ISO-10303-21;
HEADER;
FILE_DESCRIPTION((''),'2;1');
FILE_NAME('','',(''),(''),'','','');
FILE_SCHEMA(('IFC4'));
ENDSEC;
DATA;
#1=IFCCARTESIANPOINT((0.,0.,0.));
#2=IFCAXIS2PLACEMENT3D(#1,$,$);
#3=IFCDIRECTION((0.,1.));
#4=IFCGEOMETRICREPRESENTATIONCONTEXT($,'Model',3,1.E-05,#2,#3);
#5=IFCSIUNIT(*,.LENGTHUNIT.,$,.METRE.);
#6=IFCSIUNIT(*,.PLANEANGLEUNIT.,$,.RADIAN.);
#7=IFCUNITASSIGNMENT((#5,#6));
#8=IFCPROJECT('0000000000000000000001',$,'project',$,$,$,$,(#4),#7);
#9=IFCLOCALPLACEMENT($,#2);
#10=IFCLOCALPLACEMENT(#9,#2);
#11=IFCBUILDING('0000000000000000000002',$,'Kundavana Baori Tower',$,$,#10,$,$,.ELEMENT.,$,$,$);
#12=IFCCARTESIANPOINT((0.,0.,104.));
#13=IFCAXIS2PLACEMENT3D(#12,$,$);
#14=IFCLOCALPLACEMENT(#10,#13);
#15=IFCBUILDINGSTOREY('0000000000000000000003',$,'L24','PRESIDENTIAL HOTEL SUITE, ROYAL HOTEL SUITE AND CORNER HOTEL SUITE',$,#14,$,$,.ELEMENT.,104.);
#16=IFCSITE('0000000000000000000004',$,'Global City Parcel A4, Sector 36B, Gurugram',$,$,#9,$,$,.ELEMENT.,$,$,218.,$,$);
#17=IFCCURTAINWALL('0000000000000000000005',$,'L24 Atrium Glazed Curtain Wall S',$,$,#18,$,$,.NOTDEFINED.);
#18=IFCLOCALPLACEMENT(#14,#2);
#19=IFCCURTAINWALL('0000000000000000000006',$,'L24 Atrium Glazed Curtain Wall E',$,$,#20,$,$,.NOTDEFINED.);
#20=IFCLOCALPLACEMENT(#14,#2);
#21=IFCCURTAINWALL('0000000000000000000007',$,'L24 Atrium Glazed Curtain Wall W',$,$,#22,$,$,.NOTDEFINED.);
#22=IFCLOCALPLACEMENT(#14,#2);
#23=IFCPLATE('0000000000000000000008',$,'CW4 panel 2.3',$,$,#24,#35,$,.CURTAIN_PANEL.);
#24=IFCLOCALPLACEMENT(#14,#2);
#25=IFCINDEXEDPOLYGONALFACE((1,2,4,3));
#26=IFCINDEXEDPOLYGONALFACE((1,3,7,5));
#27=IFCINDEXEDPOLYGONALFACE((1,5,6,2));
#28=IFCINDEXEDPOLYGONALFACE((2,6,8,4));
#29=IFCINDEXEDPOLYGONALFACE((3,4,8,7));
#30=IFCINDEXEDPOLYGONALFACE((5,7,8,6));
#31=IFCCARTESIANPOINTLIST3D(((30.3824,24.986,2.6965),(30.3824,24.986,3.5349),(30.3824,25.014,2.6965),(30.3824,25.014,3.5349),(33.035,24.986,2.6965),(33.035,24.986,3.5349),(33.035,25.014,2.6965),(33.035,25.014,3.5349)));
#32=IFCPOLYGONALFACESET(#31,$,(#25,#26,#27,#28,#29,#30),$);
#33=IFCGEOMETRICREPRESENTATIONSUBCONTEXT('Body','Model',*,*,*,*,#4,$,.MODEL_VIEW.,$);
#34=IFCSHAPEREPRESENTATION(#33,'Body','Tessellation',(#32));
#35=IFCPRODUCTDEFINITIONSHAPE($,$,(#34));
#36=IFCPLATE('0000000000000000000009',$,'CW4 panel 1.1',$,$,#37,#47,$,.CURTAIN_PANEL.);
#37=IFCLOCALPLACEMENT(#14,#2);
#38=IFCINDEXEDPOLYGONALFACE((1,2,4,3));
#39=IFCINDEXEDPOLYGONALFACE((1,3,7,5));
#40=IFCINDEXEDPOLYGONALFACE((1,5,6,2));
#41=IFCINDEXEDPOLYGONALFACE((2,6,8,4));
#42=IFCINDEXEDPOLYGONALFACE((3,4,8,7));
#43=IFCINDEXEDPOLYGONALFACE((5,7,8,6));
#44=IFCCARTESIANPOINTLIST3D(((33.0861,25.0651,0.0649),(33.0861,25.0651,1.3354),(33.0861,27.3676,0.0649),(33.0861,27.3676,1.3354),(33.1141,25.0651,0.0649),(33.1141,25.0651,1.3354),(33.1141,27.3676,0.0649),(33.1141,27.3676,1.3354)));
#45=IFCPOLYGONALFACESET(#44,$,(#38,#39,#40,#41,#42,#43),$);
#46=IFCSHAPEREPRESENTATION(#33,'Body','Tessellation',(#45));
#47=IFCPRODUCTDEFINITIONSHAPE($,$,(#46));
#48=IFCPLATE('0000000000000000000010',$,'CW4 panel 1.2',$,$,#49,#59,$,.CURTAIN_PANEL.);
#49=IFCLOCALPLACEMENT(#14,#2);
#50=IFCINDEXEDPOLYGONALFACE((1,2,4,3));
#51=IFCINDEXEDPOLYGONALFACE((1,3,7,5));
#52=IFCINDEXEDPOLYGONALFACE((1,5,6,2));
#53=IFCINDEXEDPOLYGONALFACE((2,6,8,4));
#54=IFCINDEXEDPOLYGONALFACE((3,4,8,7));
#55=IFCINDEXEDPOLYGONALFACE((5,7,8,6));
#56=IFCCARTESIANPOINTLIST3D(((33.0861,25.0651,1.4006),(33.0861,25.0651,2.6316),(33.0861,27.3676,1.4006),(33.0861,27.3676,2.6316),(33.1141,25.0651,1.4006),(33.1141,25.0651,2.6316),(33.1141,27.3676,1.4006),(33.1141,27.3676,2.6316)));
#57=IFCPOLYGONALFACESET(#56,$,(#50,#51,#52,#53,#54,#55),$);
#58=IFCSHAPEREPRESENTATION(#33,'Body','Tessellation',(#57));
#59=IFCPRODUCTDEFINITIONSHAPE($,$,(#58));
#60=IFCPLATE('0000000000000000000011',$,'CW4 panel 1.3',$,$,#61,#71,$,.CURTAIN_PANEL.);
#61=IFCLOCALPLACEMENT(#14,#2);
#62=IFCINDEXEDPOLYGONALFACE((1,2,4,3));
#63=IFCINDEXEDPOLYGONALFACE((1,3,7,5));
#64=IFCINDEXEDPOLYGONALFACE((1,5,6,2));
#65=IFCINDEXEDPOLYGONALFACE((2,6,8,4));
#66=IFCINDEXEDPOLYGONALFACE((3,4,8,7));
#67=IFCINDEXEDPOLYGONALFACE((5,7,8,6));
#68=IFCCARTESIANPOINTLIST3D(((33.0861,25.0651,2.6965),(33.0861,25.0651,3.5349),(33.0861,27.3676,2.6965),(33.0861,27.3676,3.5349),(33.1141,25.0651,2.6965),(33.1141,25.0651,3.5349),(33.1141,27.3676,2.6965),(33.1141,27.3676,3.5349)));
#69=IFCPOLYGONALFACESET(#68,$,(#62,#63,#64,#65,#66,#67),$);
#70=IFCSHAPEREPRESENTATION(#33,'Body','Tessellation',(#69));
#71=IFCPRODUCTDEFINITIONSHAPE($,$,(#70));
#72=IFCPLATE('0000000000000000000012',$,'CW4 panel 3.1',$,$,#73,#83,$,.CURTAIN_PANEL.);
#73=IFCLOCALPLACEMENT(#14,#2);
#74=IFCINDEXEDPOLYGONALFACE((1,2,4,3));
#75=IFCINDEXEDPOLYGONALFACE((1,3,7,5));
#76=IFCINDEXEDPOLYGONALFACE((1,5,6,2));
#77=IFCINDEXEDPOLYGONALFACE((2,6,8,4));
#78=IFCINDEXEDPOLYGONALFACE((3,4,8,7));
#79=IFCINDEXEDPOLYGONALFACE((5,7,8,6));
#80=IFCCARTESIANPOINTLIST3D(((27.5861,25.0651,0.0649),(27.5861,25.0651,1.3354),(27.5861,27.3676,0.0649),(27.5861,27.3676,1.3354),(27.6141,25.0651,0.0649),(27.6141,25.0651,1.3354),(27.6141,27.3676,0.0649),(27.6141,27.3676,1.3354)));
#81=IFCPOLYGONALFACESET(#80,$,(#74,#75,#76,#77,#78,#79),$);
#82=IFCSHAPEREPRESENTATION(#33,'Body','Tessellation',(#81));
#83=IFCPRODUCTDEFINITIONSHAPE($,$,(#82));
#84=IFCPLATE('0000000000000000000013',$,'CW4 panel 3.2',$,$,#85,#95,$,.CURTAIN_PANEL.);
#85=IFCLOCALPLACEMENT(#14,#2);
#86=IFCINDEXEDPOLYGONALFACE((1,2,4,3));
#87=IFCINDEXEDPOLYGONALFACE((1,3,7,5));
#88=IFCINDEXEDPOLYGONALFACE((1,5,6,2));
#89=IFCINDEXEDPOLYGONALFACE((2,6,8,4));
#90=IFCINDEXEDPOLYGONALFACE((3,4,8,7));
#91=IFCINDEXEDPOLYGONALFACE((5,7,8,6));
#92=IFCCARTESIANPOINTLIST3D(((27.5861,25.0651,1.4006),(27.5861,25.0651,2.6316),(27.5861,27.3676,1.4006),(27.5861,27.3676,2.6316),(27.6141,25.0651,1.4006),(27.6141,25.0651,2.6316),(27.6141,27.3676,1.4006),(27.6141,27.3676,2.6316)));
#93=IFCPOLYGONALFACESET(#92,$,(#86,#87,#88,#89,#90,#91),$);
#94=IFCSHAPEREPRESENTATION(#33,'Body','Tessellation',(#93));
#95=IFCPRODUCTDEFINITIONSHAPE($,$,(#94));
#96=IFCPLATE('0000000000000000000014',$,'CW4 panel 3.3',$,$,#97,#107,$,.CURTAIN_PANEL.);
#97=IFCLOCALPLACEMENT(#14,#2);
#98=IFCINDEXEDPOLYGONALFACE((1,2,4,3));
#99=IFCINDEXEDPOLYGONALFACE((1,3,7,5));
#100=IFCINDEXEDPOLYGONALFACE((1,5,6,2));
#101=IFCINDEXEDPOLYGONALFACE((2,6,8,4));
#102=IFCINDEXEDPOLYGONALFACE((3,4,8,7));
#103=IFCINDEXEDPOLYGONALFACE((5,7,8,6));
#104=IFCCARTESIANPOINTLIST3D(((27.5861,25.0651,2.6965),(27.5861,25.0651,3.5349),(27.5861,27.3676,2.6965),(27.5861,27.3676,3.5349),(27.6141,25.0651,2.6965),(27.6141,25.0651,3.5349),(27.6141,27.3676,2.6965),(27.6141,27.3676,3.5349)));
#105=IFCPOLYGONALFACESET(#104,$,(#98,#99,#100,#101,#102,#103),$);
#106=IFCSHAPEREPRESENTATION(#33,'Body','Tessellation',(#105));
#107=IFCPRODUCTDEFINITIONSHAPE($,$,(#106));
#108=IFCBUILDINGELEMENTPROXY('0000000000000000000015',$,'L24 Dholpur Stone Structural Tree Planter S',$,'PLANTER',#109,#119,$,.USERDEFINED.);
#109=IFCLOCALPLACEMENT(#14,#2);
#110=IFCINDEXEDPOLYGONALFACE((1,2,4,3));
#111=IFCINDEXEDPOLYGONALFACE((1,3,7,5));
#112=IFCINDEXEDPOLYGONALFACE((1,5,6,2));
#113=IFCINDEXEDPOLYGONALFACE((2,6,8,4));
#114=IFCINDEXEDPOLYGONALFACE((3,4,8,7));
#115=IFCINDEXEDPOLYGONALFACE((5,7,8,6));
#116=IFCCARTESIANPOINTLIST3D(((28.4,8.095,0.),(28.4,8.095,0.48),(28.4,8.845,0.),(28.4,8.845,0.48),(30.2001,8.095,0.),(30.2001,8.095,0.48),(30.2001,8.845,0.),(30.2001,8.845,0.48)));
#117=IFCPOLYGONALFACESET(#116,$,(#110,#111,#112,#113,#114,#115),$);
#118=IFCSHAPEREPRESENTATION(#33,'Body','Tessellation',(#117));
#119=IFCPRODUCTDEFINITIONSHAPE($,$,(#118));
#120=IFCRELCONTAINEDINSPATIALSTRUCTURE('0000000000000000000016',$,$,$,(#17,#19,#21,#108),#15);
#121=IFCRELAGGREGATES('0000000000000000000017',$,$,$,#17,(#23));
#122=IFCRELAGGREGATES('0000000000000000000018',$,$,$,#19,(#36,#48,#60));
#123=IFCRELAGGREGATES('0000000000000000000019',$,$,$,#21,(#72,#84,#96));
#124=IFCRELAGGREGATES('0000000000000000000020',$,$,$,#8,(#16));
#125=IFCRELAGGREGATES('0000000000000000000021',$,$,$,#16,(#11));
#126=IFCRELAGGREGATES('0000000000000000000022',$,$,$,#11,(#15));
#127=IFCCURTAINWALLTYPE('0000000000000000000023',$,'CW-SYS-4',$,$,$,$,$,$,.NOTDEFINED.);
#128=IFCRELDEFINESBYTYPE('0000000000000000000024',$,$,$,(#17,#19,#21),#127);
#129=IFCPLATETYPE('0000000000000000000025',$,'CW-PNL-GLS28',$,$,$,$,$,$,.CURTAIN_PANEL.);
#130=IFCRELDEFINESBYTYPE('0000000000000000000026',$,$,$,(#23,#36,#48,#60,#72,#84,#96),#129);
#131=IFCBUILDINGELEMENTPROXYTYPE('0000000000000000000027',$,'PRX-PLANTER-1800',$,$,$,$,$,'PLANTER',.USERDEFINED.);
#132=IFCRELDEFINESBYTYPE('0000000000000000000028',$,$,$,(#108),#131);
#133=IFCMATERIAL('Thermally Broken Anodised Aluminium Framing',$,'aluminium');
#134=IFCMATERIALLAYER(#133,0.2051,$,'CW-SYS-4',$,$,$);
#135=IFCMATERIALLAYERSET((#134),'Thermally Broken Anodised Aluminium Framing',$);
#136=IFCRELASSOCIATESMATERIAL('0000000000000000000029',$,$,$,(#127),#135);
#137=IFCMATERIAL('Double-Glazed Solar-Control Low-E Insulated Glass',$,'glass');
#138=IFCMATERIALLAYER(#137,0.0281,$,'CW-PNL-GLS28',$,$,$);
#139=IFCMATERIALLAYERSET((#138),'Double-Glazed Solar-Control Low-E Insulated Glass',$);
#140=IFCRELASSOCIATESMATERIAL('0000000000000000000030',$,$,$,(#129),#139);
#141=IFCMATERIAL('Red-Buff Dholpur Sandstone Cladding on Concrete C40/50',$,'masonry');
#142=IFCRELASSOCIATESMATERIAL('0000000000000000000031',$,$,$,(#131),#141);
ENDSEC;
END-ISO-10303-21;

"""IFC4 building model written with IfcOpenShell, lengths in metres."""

from ifc_helpers import new_model, si_unit, direction, frame, origin, origin_2d, place, context, subcontext, project, spatial, rectangle, extrude, material, layer, layer_set, type_object, element, aggregate, save


model = new_model("IFC4")

# Units and contexts
model_context = context("Model", 3, precision=1e-05, world=origin(), true_north=direction((0.0, 1.0)))
body_context = subcontext(model_context, "Body", "Model", "MODEL_VIEW")
ifc_project = project(units=[si_unit("LENGTHUNIT", "METRE"), si_unit("PLANEANGLEUNIT", "RADIAN")], contexts=[model_context])

# Site, building, storey
site_placement = place(None, origin())
site = spatial("IfcSite", under=ifc_project, at=site_placement, Name="Global City Parcel A4, Sector 36B, Gurugram", CompositionType="ELEMENT", RefElevation=218.0)
building_placement = place(site_placement, origin())
building = spatial("IfcBuilding", under=site, at=building_placement, Name="Kundavana Baori Tower", CompositionType="ELEMENT")
storey_placement = place(building_placement, frame((0.0, 0.0, 104.0)))
storey = spatial("IfcBuildingStorey", under=building, at=storey_placement, Name="L24", Description="PRESIDENTIAL HOTEL SUITE, ROYAL HOTEL SUITE AND CORNER HOTEL SUITE", CompositionType="ELEMENT", Elevation=104.0)

# Curtain walls
ifc_material_1 = material(Name="Thermally Broken Anodised Aluminium Framing", Category="aluminium")
ifc_layer_1 = layer(ifc_material_1, 0.2051, Name="CW-SYS-4")
ifc_layer_set_1 = layer_set([ifc_layer_1], Name="Thermally Broken Anodised Aluminium Framing")
curtain_wall_type = type_object("IfcCurtainWallType", Name="CW-SYS-4", PredefinedType="NOTDEFINED", material=ifc_layer_set_1)
curtain_wall_1_placement = place(storey_placement, origin())
curtain_wall_1 = element("IfcCurtainWall", 1, at=curtain_wall_1_placement, inside=storey, type_object=curtain_wall_type, Name="L24 Atrium Glazed Curtain Wall S", PredefinedType="NOTDEFINED")
curtain_wall_2_placement = place(storey_placement, origin())
curtain_wall_2 = element("IfcCurtainWall", 2, at=curtain_wall_2_placement, inside=storey, type_object=curtain_wall_type, Name="L24 Atrium Glazed Curtain Wall E", PredefinedType="NOTDEFINED")

# Curtain wall
curtain_wall_3_placement = place(storey_placement, origin())
curtain_wall_3 = element("IfcCurtainWall", 3, at=curtain_wall_3_placement, inside=storey, type_object=curtain_wall_type, Name="L24 Atrium Glazed Curtain Wall W", PredefinedType="NOTDEFINED")

# Plates
ifc_material_2 = material(Name="Double-Glazed Solar-Control Low-E Insulated Glass", Category="glass")
ifc_layer_2 = layer(ifc_material_2, 0.0281, Name="CW-PNL-GLS28")
ifc_layer_set_2 = layer_set([ifc_layer_2], Name="Double-Glazed Solar-Control Low-E Insulated Glass")
plate_type = type_object("IfcPlateType", Name="CW-PNL-GLS28", PredefinedType="CURTAIN_PANEL", material=ifc_layer_set_2)
plate_1_placement = place(storey_placement, frame((31.7087, 25.0, 2.6965), z_axis=(0.0, 0.0, 1.0), x_axis=(1.0, 0.0, 0.0)))
plate_1 = element("IfcPlate", 4, at=plate_1_placement, type_object=plate_type, Name="CW4 panel 2.3", PredefinedType="CURTAIN_PANEL", context=body_context, shape_type="SweptSolid", body=[
    extrude(rectangle(XDim=2.6526, YDim=0.0281, at=origin_2d()), origin(), (0.0, 0.0, 1.0), 0.8384),
])
aggregate(curtain_wall_1, [plate_1])
plate_2_placement = place(storey_placement, frame((33.1001, 26.2163, 0.0649), z_axis=(0.0, 0.0, 1.0), x_axis=(0.0, 1.0, 0.0)))
plate_2 = element("IfcPlate", 5, at=plate_2_placement, type_object=plate_type, Name="CW4 panel 1.1", PredefinedType="CURTAIN_PANEL", context=body_context, shape_type="SweptSolid", body=[
    extrude(rectangle(XDim=2.3025, YDim=0.0281, at=origin_2d()), origin(), (0.0, 0.0, 1.0), 1.2705),
])
plate_3_placement = place(storey_placement, frame((33.1001, 26.2163, 1.4006), z_axis=(0.0, 0.0, 1.0), x_axis=(0.0, 1.0, 0.0)))
plate_3 = element("IfcPlate", 6, at=plate_3_placement, type_object=plate_type, Name="CW4 panel 1.2", PredefinedType="CURTAIN_PANEL", context=body_context, shape_type="SweptSolid", body=[
    extrude(rectangle(XDim=2.3025, YDim=0.0281, at=origin_2d()), origin(), (0.0, 0.0, 1.0), 1.231),
])
plate_4_placement = place(storey_placement, frame((33.1001, 26.2163, 2.6965), z_axis=(0.0, 0.0, 1.0), x_axis=(0.0, 1.0, 0.0)))
plate_4 = element("IfcPlate", 7, at=plate_4_placement, type_object=plate_type, Name="CW4 panel 1.3", PredefinedType="CURTAIN_PANEL", context=body_context, shape_type="SweptSolid", body=[
    extrude(rectangle(XDim=2.3025, YDim=0.0281, at=origin_2d()), origin(), (0.0, 0.0, 1.0), 0.8384),
])
aggregate(curtain_wall_2, [plate_2, plate_3, plate_4])
plate_5_placement = place(storey_placement, frame((27.6001, 26.2163, 0.0649), z_axis=(0.0, 0.0, 1.0), x_axis=(0.0, -1.0, 0.0)))
plate_5 = element("IfcPlate", 8, at=plate_5_placement, type_object=plate_type, Name="CW4 panel 3.1", PredefinedType="CURTAIN_PANEL", context=body_context, shape_type="SweptSolid", body=[
    extrude(rectangle(XDim=2.3025, YDim=0.0281, at=origin_2d()), origin(), (0.0, 0.0, 1.0), 1.2705),
])
plate_6_placement = place(storey_placement, frame((27.6001, 26.2163, 1.4006), z_axis=(0.0, 0.0, 1.0), x_axis=(0.0, -1.0, 0.0)))
plate_6 = element("IfcPlate", 9, at=plate_6_placement, type_object=plate_type, Name="CW4 panel 3.2", PredefinedType="CURTAIN_PANEL", context=body_context, shape_type="SweptSolid", body=[
    extrude(rectangle(XDim=2.3025, YDim=0.0281, at=origin_2d()), origin(), (0.0, 0.0, 1.0), 1.231),
])
plate_7_placement = place(storey_placement, frame((27.6001, 26.2163, 2.6965), z_axis=(0.0, 0.0, 1.0), x_axis=(0.0, -1.0, 0.0)))
plate_7 = element("IfcPlate", 10, at=plate_7_placement, type_object=plate_type, Name="CW4 panel 3.3", PredefinedType="CURTAIN_PANEL", context=body_context, shape_type="SweptSolid", body=[
    extrude(rectangle(XDim=2.3025, YDim=0.0281, at=origin_2d()), origin(), (0.0, 0.0, 1.0), 0.8384),
])
aggregate(curtain_wall_3, [plate_5, plate_6, plate_7])

# Building element proxy
ifc_material_3 = material(Name="Red-Buff Dholpur Sandstone Cladding on Concrete C40/50", Category="masonry")
building_element_proxy_type = type_object("IfcBuildingElementProxyType", Name="PRX-PLANTER-1800", ElementType="PLANTER", PredefinedType="USERDEFINED", material=ifc_material_3)
proxy_placement = place(storey_placement, frame((29.3, 8.47, 0.0), z_axis=(0.0, 0.0, 1.0), x_axis=(1.0, 0.0, 0.0)))
element("IfcBuildingElementProxy", 11, at=proxy_placement, inside=storey, type_object=building_element_proxy_type, Name="L24 Dholpur Stone Structural Tree Planter S", ObjectType="PLANTER", PredefinedType="USERDEFINED", context=body_context, shape_type="SweptSolid", body=[
    extrude(rectangle(XDim=1.8, YDim=0.75, at=origin_2d()), origin(), (0.0, 0.0, 1.0), 0.48),
])

save(model, "model.ifc")
